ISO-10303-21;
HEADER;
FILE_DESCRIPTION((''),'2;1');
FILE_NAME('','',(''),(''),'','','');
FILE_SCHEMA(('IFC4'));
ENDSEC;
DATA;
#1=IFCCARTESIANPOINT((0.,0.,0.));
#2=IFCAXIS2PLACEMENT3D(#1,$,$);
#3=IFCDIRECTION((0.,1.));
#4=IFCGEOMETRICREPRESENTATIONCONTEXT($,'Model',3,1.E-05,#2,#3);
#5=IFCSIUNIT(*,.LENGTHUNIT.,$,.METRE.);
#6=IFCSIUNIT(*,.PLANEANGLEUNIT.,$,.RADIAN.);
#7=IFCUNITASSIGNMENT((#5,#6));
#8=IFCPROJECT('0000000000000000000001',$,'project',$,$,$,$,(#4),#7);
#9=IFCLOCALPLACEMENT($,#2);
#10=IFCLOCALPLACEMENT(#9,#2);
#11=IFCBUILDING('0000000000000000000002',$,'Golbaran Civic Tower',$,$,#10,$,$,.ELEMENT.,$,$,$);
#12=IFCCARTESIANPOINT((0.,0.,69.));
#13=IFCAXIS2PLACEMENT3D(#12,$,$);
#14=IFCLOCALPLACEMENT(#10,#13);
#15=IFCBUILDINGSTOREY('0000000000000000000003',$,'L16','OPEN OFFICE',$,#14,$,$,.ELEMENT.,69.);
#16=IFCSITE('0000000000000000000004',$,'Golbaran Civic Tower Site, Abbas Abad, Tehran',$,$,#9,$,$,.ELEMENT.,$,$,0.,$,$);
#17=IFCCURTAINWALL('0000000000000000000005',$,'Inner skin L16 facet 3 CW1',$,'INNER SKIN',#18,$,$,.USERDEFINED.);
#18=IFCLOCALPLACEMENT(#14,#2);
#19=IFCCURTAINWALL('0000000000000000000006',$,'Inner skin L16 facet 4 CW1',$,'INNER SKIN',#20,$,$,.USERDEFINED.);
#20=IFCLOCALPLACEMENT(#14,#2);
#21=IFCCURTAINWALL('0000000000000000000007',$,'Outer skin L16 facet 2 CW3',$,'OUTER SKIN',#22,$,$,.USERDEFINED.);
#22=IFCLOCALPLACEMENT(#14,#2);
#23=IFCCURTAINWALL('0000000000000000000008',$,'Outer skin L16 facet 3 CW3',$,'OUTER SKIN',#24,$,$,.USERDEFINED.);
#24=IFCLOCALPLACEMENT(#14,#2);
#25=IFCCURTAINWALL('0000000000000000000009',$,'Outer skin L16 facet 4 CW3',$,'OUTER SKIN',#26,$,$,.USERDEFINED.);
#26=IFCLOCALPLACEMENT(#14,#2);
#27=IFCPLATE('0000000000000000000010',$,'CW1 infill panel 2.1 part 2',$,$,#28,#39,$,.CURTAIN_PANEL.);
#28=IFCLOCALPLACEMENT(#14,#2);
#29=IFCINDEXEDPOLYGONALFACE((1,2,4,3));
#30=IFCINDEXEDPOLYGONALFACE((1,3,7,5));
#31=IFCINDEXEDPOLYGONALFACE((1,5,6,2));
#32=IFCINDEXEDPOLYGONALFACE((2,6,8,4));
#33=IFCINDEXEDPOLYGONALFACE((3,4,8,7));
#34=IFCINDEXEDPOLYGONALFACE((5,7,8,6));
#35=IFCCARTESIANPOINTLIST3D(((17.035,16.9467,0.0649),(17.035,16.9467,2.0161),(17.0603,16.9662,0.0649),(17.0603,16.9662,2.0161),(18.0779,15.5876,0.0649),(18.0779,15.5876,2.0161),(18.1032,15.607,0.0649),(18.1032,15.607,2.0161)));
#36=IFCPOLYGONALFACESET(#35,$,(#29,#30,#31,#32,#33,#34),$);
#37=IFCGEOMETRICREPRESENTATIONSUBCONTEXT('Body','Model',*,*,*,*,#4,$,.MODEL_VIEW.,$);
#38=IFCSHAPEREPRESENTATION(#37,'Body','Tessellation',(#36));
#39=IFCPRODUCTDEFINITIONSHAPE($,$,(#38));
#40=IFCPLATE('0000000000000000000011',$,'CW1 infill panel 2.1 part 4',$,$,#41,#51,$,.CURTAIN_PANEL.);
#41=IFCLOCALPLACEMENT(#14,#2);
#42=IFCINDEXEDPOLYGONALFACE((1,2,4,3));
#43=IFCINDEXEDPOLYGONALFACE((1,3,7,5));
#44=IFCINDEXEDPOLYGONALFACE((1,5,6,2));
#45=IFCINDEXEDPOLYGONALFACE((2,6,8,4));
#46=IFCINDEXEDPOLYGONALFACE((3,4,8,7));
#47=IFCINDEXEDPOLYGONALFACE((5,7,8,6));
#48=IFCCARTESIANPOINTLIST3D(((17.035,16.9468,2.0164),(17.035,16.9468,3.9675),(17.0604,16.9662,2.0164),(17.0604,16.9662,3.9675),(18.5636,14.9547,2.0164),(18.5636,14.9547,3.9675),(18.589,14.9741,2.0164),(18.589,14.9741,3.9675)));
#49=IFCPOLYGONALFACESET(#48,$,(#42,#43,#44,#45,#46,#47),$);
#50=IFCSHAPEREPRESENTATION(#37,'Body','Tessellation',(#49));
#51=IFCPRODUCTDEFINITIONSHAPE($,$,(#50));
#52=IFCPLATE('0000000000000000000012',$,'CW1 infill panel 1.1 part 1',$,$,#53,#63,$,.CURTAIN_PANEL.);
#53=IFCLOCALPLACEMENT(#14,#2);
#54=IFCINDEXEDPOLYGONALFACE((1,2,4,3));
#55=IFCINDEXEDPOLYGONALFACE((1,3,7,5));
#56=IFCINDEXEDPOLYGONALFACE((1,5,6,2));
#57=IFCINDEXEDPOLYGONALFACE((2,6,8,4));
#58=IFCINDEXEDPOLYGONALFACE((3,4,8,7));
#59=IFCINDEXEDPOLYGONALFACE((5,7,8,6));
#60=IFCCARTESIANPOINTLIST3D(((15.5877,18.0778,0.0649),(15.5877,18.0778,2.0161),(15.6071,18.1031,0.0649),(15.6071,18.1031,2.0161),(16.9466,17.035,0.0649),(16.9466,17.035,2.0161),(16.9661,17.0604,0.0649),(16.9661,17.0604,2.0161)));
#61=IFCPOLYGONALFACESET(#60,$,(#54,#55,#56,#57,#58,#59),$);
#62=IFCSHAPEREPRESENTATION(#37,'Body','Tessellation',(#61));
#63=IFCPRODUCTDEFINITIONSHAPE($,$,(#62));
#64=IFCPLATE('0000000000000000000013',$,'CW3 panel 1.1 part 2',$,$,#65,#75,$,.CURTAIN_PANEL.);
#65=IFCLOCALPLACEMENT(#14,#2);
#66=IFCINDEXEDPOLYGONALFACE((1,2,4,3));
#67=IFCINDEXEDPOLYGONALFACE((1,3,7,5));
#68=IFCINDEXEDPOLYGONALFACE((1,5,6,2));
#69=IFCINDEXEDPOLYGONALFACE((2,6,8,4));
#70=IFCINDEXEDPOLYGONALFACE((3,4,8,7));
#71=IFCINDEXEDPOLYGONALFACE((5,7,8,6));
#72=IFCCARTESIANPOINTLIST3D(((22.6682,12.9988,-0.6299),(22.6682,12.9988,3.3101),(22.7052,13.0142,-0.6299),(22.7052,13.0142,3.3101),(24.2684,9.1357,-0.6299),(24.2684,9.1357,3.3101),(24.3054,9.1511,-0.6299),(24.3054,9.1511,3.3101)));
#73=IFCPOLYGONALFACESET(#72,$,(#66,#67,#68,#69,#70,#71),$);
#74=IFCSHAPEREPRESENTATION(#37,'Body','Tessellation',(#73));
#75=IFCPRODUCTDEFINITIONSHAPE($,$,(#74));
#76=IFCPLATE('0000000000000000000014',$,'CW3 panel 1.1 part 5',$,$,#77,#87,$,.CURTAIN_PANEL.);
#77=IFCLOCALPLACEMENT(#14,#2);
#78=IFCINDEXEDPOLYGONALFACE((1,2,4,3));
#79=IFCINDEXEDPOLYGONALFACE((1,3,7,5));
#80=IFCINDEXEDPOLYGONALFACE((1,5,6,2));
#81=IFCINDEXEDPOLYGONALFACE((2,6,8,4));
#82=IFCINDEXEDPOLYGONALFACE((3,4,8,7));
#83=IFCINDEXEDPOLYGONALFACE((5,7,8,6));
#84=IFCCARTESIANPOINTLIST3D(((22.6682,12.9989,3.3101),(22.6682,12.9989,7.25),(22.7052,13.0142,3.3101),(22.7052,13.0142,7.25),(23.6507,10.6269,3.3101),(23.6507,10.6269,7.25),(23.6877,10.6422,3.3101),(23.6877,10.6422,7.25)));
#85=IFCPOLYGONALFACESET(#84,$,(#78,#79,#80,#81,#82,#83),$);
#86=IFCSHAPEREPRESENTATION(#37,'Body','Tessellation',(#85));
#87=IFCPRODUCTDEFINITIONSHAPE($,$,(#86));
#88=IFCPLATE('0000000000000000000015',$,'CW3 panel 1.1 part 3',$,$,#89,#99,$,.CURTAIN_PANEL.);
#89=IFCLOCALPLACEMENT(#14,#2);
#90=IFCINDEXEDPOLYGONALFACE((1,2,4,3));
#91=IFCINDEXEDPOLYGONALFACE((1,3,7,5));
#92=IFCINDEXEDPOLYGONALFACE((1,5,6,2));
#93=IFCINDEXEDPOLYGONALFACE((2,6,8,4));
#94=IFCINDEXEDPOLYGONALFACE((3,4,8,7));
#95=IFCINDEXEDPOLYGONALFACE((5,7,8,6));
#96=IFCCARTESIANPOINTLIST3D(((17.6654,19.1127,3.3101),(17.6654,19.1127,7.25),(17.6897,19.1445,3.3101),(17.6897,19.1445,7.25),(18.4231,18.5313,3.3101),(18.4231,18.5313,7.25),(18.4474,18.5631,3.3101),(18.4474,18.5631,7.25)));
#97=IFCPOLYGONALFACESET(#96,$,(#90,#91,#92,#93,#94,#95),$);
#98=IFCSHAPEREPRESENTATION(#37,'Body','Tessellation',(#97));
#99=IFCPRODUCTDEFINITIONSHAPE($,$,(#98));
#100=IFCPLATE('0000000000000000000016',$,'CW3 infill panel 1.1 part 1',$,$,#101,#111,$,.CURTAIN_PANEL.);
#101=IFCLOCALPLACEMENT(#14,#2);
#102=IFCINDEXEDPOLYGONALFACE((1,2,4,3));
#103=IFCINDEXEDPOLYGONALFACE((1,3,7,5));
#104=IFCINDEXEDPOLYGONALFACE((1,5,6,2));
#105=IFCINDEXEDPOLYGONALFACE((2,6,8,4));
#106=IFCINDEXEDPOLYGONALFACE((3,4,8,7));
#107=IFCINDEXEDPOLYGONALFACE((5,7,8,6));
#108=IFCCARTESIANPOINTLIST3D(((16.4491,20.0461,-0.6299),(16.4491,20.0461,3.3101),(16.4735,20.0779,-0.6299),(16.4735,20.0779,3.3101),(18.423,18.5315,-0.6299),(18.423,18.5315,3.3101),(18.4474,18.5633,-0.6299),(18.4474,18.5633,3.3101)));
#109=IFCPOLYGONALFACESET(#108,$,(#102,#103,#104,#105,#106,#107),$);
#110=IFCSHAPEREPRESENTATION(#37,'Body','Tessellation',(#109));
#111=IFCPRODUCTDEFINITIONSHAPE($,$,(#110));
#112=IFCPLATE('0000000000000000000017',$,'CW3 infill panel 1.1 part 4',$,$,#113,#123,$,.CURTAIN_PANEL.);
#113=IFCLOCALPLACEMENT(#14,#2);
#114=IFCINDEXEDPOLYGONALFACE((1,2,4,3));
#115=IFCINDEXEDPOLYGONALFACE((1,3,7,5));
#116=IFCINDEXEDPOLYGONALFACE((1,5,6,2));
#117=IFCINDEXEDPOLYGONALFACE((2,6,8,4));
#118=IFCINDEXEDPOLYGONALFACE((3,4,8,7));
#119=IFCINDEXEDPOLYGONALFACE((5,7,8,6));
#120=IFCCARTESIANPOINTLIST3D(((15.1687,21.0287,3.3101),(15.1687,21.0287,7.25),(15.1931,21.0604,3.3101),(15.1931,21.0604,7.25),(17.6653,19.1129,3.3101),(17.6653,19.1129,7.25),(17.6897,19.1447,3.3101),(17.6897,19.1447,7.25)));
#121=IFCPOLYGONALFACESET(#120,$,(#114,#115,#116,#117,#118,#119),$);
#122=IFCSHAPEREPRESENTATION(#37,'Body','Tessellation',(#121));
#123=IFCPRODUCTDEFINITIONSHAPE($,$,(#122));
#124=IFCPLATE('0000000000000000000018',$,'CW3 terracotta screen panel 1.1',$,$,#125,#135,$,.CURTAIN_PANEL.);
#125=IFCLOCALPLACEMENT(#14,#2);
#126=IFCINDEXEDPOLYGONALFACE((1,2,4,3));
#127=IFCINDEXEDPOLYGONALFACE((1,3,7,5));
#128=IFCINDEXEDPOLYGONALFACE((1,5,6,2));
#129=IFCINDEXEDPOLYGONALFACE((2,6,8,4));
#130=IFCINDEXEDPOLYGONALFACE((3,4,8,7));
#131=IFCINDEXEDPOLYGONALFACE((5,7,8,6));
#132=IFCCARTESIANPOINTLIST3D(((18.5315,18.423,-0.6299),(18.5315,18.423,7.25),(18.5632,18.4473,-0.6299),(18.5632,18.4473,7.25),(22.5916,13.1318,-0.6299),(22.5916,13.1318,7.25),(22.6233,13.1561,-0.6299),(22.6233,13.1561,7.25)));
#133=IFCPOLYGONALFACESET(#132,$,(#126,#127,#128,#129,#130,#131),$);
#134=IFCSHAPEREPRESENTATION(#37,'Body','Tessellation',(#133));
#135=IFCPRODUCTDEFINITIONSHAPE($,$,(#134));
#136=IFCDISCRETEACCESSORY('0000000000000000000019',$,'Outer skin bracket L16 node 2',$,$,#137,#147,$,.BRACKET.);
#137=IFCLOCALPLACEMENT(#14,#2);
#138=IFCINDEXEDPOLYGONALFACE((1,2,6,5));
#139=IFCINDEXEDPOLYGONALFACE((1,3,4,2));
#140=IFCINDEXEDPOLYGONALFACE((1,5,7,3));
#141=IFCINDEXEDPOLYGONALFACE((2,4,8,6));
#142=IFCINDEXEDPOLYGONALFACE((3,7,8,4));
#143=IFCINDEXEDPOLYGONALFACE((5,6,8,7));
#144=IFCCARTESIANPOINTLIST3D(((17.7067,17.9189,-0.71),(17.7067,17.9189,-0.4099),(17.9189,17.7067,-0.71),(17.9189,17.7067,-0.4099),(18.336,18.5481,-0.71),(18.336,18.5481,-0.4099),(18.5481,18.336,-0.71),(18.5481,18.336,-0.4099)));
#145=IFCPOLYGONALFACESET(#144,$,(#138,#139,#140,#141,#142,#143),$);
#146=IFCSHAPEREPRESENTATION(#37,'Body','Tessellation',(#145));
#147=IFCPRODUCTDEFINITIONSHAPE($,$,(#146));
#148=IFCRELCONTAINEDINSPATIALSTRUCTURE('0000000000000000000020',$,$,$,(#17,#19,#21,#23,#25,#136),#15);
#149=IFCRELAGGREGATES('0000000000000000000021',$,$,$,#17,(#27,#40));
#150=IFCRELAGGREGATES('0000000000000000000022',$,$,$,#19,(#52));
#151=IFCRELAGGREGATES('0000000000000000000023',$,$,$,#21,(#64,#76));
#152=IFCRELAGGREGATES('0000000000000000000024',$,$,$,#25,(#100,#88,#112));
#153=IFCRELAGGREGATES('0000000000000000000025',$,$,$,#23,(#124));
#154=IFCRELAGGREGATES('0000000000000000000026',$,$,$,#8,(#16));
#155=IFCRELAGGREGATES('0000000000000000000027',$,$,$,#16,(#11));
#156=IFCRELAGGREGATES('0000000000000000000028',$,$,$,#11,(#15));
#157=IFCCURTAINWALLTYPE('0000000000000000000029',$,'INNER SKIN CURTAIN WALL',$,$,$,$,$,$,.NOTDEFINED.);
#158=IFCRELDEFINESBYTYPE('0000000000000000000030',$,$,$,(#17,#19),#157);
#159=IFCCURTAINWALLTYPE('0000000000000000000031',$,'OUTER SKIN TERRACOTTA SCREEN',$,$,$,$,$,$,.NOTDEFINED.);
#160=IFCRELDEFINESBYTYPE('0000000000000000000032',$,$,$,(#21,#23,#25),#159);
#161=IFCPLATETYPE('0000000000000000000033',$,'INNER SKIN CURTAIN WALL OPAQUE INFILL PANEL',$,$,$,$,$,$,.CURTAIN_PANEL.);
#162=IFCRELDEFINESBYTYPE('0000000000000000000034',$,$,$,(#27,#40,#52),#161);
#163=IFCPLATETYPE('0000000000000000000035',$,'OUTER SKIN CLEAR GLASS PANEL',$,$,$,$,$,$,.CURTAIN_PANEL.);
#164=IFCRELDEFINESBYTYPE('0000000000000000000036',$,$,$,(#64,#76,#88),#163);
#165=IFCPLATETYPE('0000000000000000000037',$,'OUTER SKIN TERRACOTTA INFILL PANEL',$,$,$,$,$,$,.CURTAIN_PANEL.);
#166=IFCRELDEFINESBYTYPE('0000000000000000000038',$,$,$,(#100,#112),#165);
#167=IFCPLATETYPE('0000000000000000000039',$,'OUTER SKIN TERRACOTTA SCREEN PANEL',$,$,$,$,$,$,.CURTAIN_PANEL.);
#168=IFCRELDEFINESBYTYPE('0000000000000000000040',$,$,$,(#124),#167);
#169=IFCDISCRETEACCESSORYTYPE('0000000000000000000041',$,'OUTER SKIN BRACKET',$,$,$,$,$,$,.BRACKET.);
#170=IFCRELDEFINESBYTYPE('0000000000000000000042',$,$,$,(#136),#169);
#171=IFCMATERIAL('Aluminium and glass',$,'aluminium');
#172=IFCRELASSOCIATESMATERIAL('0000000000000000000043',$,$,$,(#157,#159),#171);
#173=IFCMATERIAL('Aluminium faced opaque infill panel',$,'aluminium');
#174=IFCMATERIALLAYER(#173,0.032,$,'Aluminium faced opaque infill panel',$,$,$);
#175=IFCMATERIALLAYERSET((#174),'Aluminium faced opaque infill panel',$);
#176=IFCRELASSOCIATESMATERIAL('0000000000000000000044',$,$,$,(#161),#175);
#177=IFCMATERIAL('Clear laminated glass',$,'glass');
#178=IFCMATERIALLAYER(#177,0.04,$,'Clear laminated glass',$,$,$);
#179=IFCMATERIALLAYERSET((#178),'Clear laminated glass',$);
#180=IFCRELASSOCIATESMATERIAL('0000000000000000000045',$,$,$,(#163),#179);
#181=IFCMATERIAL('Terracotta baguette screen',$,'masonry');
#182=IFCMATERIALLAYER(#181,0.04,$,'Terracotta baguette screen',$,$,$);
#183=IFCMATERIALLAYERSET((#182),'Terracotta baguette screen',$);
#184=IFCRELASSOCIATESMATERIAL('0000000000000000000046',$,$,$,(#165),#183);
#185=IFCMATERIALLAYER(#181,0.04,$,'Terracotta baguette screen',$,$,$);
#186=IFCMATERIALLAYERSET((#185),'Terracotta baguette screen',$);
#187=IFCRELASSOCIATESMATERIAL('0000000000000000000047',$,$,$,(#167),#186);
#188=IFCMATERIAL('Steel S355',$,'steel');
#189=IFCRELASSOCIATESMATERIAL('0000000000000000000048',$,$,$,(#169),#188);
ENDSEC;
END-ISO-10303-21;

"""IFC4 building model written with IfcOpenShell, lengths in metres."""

from ifc_helpers import new_model, si_unit, direction, frame, origin, origin_2d, place, context, subcontext, project, spatial, rectangle, extrude, material, layer, layer_set, type_object, element, aggregate, save


model = new_model("IFC4")

# Units and contexts
model_context = context("Model", 3, precision=1e-05, world=origin(), true_north=direction((0.0, 1.0)))
body_context = subcontext(model_context, "Body", "Model", "MODEL_VIEW")
ifc_project = project(units=[si_unit("LENGTHUNIT", "METRE"), si_unit("PLANEANGLEUNIT", "RADIAN")], contexts=[model_context])

# Site, building, storey
site_placement = place(None, origin())
site = spatial("IfcSite", under=ifc_project, at=site_placement, Name="Golbaran Civic Tower Site, Abbas Abad, Tehran", CompositionType="ELEMENT", RefElevation=0.0)
building_placement = place(site_placement, origin())
building = spatial("IfcBuilding", under=site, at=building_placement, Name="Golbaran Civic Tower", CompositionType="ELEMENT")
storey_placement = place(building_placement, frame((0.0, 0.0, 69.0)))
storey = spatial("IfcBuildingStorey", under=building, at=storey_placement, Name="L16", Description="OPEN OFFICE", CompositionType="ELEMENT", Elevation=69.0)

# Shared definitions
ifc_material_1 = material(Name="Steel S355", Category="steel")

# Shared definitions
ifc_material_2 = material(Name="Aluminium and glass", Category="aluminium")
curtain_wall_type_1 = type_object("IfcCurtainWallType", Name="INNER SKIN CURTAIN WALL", PredefinedType="NOTDEFINED", material=ifc_material_2)

# Curtain wall
curtain_wall_1_placement = place(storey_placement, origin())
curtain_wall_1 = element("IfcCurtainWall", 1, at=curtain_wall_1_placement, inside=storey, type_object=curtain_wall_type_1, Name="Inner skin L16 facet 3 CW1", ObjectType="INNER SKIN", PredefinedType="USERDEFINED")

# Curtain wall
curtain_wall_2_placement = place(storey_placement, origin())
curtain_wall_2 = element("IfcCurtainWall", 2, at=curtain_wall_2_placement, inside=storey, type_object=curtain_wall_type_1, Name="Inner skin L16 facet 4 CW1", ObjectType="INNER SKIN", PredefinedType="USERDEFINED")

# Curtain wall
curtain_wall_type_2 = type_object("IfcCurtainWallType", Name="OUTER SKIN TERRACOTTA SCREEN", PredefinedType="NOTDEFINED", material=ifc_material_2)
curtain_wall_3_placement = place(storey_placement, origin())
curtain_wall_3 = element("IfcCurtainWall", 3, at=curtain_wall_3_placement, inside=storey, type_object=curtain_wall_type_2, Name="Outer skin L16 facet 2 CW3", ObjectType="OUTER SKIN", PredefinedType="USERDEFINED")

# Curtain wall
curtain_wall_4_placement = place(storey_placement, origin())
curtain_wall_4 = element("IfcCurtainWall", 4, at=curtain_wall_4_placement, inside=storey, type_object=curtain_wall_type_2, Name="Outer skin L16 facet 3 CW3", ObjectType="OUTER SKIN", PredefinedType="USERDEFINED")

# Curtain wall
curtain_wall_5_placement = place(storey_placement, origin())
curtain_wall_5 = element("IfcCurtainWall", 5, at=curtain_wall_5_placement, inside=storey, type_object=curtain_wall_type_2, Name="Outer skin L16 facet 4 CW3", ObjectType="OUTER SKIN", PredefinedType="USERDEFINED")

# Plates
ifc_material_3 = material(Name="Aluminium faced opaque infill panel", Category="aluminium")
ifc_layer_1 = layer(ifc_material_3, 0.032, Name="Aluminium faced opaque infill panel")
ifc_layer_set_1 = layer_set([ifc_layer_1], Name="Aluminium faced opaque infill panel")
plate_type_1 = type_object("IfcPlateType", Name="INNER SKIN CURTAIN WALL OPAQUE INFILL PANEL", PredefinedType="CURTAIN_PANEL", material=ifc_layer_set_1)
plate_1_placement = place(storey_placement, frame((17.5691, 16.2769, 0.0649), z_axis=(0.0, 0.0, 1.0), x_axis=(-0.608761, 0.793353, 0.0)))
plate_1 = element("IfcPlate", 6, at=plate_1_placement, type_object=plate_type_1, Name="CW1 infill panel 2.1 part 2", PredefinedType="CURTAIN_PANEL", context=body_context, shape_type="SweptSolid", body=[
    extrude(rectangle(XDim=1.7131, YDim=0.032, at=origin_2d()), origin(), (0.0, 0.0, 1.0), 1.9512),
])
plate_2_placement = place(storey_placement, frame((17.812, 15.9604, 2.0164), z_axis=(0.0, 0.0, 1.0), x_axis=(-0.608761, 0.793353, 0.0)))
plate_2 = element("IfcPlate", 7, at=plate_2_placement, type_object=plate_type_1, Name="CW1 infill panel 2.1 part 4", PredefinedType="CURTAIN_PANEL", context=body_context, shape_type="SweptSolid", body=[
    extrude(rectangle(XDim=2.511, YDim=0.032, at=origin_2d()), origin(), (0.0, 0.0, 1.0), 1.9512),
])
aggregate(curtain_wall_1, [plate_1, plate_2])
plate_3_placement = place(storey_placement, frame((16.2769, 17.5691, 0.0649), z_axis=(0.0, 0.0, 1.0), x_axis=(-0.793353, 0.608761, 0.0)))
plate_3 = element("IfcPlate", 8, at=plate_3_placement, type_object=plate_type_1, Name="CW1 infill panel 1.1 part 1", PredefinedType="CURTAIN_PANEL", context=body_context, shape_type="SweptSolid", body=[
    extrude(rectangle(XDim=1.7129, YDim=0.032, at=origin_2d()), origin(), (0.0, 0.0, 1.0), 1.9512),
])
aggregate(curtain_wall_2, [plate_3])
ifc_material_4 = material(Name="Clear laminated glass", Category="glass")
ifc_layer_2 = layer(ifc_material_4, 0.04, Name="Clear laminated glass")
ifc_layer_set_2 = layer_set([ifc_layer_2], Name="Clear laminated glass")
plate_type_2 = type_object("IfcPlateType", Name="OUTER SKIN CLEAR GLASS PANEL", PredefinedType="CURTAIN_PANEL", material=ifc_layer_set_2)
plate_4_placement = place(storey_placement, frame((23.4868, 11.075, -0.6299), z_axis=(0.0, 0.0, 1.0), x_axis=(-0.382683, 0.92388, 0.0)))
plate_4 = element("IfcPlate", 9, at=plate_4_placement, type_object=plate_type_2, Name="CW3 panel 1.1 part 2", PredefinedType="CURTAIN_PANEL", context=body_context, shape_type="SweptSolid", body=[
    extrude(rectangle(XDim=4.1814, YDim=0.04, at=origin_2d()), origin(), (0.0, 0.0, 1.0), 3.9399),
])
plate_5_placement = place(storey_placement, frame((23.178, 11.8206, 3.3101), z_axis=(0.0, 0.0, 1.0), x_axis=(-0.382683, 0.92388, 0.0)))
plate_5 = element("IfcPlate", 10, at=plate_5_placement, type_object=plate_type_2, Name="CW3 panel 1.1 part 5", PredefinedType="CURTAIN_PANEL", context=body_context, shape_type="SweptSolid", body=[
    extrude(rectangle(XDim=2.5674, YDim=0.04, at=origin_2d()), origin(), (0.0, 0.0, 1.0), 3.9399),
])
aggregate(curtain_wall_3, [plate_4, plate_5])
plate_6_placement = place(storey_placement, frame((18.0564, 18.8379, 3.3101), z_axis=(0.0, 0.0, 1.0), x_axis=(-0.793353, 0.608761, 0.0)))
plate_6 = element("IfcPlate", 11, at=plate_6_placement, type_object=plate_type_2, Name="CW3 panel 1.1 part 3", PredefinedType="CURTAIN_PANEL", context=body_context, shape_type="SweptSolid", body=[
    extrude(rectangle(XDim=0.9551, YDim=0.04, at=origin_2d()), origin(), (0.0, 0.0, 1.0), 3.9399),
])
ifc_material_5 = material(Name="Terracotta baguette screen", Category="masonry")
ifc_layer_3 = layer(ifc_material_5, 0.04, Name="Terracotta baguette screen")
ifc_layer_set_3 = layer_set([ifc_layer_3], Name="Terracotta baguette screen")
plate_type_3 = type_object("IfcPlateType", Name="OUTER SKIN TERRACOTTA INFILL PANEL", PredefinedType="CURTAIN_PANEL", material=ifc_layer_set_3)
plate_7_placement = place(storey_placement, frame((17.4482, 19.3047, -0.6299), z_axis=(0.0, 0.0, 1.0), x_axis=(-0.793353, 0.608761, 0.0)))
plate_7 = element("IfcPlate", 12, at=plate_7_placement, type_object=plate_type_3, Name="CW3 infill panel 1.1 part 1", PredefinedType="CURTAIN_PANEL", context=body_context, shape_type="SweptSolid", body=[
    extrude(rectangle(XDim=2.488, YDim=0.04, at=origin_2d()), origin(), (0.0, 0.0, 1.0), 3.9399),
])
plate_8_placement = place(storey_placement, frame((16.4292, 20.0867, 3.3101), z_axis=(0.0, 0.0, 1.0), x_axis=(-0.793353, 0.608761, 0.0)))
plate_8 = element("IfcPlate", 13, at=plate_8_placement, type_object=plate_type_3, Name="CW3 infill panel 1.1 part 4", PredefinedType="CURTAIN_PANEL", context=body_context, shape_type="SweptSolid", body=[
    extrude(rectangle(XDim=3.147, YDim=0.04, at=origin_2d()), origin(), (0.0, 0.0, 1.0), 3.9399),
])
aggregate(curtain_wall_5, [plate_7, plate_6, plate_8])
ifc_layer_4 = layer(ifc_material_5, 0.04, Name="Terracotta baguette screen")
ifc_layer_set_4 = layer_set([ifc_layer_4], Name="Terracotta baguette screen")
plate_type_4 = type_object("IfcPlateType", Name="OUTER SKIN TERRACOTTA SCREEN PANEL", PredefinedType="CURTAIN_PANEL", material=ifc_layer_set_4)
plate_9_placement = place(storey_placement, frame((20.5774, 15.7896, -0.6299), z_axis=(0.0, 0.0, 1.0), x_axis=(-0.608761, 0.793353, 0.0)))
plate_9 = element("IfcPlate", 14, at=plate_9_placement, type_object=plate_type_4, Name="CW3 terracotta screen panel 1.1", PredefinedType="CURTAIN_PANEL", context=body_context, shape_type="SweptSolid", body=[
    extrude(rectangle(XDim=6.6694, YDim=0.04, at=origin_2d()), origin(), (0.0, 0.0, 1.0), 7.8799),
])
aggregate(curtain_wall_4, [plate_9])

# Discrete accessory
discrete_accessory_type = type_object("IfcDiscreteAccessoryType", Name="OUTER SKIN BRACKET", PredefinedType="BRACKET", material=ifc_material_1)
discrete_accessory_placement = place(storey_placement, frame((18.1274, 18.1274, -0.71), z_axis=(0.0, 0.0, 1.0), x_axis=(0.707107, 0.707107, 0.0)))
element("IfcDiscreteAccessory", 15, at=discrete_accessory_placement, inside=storey, type_object=discrete_accessory_type, Name="Outer skin bracket L16 node 2", PredefinedType="BRACKET", context=body_context, shape_type="SweptSolid", body=[
    extrude(rectangle(XDim=0.8899, YDim=0.3, at=origin_2d()), origin(), (0.0, 0.0, 1.0), 0.3),
])

save(model, "model.ifc")
